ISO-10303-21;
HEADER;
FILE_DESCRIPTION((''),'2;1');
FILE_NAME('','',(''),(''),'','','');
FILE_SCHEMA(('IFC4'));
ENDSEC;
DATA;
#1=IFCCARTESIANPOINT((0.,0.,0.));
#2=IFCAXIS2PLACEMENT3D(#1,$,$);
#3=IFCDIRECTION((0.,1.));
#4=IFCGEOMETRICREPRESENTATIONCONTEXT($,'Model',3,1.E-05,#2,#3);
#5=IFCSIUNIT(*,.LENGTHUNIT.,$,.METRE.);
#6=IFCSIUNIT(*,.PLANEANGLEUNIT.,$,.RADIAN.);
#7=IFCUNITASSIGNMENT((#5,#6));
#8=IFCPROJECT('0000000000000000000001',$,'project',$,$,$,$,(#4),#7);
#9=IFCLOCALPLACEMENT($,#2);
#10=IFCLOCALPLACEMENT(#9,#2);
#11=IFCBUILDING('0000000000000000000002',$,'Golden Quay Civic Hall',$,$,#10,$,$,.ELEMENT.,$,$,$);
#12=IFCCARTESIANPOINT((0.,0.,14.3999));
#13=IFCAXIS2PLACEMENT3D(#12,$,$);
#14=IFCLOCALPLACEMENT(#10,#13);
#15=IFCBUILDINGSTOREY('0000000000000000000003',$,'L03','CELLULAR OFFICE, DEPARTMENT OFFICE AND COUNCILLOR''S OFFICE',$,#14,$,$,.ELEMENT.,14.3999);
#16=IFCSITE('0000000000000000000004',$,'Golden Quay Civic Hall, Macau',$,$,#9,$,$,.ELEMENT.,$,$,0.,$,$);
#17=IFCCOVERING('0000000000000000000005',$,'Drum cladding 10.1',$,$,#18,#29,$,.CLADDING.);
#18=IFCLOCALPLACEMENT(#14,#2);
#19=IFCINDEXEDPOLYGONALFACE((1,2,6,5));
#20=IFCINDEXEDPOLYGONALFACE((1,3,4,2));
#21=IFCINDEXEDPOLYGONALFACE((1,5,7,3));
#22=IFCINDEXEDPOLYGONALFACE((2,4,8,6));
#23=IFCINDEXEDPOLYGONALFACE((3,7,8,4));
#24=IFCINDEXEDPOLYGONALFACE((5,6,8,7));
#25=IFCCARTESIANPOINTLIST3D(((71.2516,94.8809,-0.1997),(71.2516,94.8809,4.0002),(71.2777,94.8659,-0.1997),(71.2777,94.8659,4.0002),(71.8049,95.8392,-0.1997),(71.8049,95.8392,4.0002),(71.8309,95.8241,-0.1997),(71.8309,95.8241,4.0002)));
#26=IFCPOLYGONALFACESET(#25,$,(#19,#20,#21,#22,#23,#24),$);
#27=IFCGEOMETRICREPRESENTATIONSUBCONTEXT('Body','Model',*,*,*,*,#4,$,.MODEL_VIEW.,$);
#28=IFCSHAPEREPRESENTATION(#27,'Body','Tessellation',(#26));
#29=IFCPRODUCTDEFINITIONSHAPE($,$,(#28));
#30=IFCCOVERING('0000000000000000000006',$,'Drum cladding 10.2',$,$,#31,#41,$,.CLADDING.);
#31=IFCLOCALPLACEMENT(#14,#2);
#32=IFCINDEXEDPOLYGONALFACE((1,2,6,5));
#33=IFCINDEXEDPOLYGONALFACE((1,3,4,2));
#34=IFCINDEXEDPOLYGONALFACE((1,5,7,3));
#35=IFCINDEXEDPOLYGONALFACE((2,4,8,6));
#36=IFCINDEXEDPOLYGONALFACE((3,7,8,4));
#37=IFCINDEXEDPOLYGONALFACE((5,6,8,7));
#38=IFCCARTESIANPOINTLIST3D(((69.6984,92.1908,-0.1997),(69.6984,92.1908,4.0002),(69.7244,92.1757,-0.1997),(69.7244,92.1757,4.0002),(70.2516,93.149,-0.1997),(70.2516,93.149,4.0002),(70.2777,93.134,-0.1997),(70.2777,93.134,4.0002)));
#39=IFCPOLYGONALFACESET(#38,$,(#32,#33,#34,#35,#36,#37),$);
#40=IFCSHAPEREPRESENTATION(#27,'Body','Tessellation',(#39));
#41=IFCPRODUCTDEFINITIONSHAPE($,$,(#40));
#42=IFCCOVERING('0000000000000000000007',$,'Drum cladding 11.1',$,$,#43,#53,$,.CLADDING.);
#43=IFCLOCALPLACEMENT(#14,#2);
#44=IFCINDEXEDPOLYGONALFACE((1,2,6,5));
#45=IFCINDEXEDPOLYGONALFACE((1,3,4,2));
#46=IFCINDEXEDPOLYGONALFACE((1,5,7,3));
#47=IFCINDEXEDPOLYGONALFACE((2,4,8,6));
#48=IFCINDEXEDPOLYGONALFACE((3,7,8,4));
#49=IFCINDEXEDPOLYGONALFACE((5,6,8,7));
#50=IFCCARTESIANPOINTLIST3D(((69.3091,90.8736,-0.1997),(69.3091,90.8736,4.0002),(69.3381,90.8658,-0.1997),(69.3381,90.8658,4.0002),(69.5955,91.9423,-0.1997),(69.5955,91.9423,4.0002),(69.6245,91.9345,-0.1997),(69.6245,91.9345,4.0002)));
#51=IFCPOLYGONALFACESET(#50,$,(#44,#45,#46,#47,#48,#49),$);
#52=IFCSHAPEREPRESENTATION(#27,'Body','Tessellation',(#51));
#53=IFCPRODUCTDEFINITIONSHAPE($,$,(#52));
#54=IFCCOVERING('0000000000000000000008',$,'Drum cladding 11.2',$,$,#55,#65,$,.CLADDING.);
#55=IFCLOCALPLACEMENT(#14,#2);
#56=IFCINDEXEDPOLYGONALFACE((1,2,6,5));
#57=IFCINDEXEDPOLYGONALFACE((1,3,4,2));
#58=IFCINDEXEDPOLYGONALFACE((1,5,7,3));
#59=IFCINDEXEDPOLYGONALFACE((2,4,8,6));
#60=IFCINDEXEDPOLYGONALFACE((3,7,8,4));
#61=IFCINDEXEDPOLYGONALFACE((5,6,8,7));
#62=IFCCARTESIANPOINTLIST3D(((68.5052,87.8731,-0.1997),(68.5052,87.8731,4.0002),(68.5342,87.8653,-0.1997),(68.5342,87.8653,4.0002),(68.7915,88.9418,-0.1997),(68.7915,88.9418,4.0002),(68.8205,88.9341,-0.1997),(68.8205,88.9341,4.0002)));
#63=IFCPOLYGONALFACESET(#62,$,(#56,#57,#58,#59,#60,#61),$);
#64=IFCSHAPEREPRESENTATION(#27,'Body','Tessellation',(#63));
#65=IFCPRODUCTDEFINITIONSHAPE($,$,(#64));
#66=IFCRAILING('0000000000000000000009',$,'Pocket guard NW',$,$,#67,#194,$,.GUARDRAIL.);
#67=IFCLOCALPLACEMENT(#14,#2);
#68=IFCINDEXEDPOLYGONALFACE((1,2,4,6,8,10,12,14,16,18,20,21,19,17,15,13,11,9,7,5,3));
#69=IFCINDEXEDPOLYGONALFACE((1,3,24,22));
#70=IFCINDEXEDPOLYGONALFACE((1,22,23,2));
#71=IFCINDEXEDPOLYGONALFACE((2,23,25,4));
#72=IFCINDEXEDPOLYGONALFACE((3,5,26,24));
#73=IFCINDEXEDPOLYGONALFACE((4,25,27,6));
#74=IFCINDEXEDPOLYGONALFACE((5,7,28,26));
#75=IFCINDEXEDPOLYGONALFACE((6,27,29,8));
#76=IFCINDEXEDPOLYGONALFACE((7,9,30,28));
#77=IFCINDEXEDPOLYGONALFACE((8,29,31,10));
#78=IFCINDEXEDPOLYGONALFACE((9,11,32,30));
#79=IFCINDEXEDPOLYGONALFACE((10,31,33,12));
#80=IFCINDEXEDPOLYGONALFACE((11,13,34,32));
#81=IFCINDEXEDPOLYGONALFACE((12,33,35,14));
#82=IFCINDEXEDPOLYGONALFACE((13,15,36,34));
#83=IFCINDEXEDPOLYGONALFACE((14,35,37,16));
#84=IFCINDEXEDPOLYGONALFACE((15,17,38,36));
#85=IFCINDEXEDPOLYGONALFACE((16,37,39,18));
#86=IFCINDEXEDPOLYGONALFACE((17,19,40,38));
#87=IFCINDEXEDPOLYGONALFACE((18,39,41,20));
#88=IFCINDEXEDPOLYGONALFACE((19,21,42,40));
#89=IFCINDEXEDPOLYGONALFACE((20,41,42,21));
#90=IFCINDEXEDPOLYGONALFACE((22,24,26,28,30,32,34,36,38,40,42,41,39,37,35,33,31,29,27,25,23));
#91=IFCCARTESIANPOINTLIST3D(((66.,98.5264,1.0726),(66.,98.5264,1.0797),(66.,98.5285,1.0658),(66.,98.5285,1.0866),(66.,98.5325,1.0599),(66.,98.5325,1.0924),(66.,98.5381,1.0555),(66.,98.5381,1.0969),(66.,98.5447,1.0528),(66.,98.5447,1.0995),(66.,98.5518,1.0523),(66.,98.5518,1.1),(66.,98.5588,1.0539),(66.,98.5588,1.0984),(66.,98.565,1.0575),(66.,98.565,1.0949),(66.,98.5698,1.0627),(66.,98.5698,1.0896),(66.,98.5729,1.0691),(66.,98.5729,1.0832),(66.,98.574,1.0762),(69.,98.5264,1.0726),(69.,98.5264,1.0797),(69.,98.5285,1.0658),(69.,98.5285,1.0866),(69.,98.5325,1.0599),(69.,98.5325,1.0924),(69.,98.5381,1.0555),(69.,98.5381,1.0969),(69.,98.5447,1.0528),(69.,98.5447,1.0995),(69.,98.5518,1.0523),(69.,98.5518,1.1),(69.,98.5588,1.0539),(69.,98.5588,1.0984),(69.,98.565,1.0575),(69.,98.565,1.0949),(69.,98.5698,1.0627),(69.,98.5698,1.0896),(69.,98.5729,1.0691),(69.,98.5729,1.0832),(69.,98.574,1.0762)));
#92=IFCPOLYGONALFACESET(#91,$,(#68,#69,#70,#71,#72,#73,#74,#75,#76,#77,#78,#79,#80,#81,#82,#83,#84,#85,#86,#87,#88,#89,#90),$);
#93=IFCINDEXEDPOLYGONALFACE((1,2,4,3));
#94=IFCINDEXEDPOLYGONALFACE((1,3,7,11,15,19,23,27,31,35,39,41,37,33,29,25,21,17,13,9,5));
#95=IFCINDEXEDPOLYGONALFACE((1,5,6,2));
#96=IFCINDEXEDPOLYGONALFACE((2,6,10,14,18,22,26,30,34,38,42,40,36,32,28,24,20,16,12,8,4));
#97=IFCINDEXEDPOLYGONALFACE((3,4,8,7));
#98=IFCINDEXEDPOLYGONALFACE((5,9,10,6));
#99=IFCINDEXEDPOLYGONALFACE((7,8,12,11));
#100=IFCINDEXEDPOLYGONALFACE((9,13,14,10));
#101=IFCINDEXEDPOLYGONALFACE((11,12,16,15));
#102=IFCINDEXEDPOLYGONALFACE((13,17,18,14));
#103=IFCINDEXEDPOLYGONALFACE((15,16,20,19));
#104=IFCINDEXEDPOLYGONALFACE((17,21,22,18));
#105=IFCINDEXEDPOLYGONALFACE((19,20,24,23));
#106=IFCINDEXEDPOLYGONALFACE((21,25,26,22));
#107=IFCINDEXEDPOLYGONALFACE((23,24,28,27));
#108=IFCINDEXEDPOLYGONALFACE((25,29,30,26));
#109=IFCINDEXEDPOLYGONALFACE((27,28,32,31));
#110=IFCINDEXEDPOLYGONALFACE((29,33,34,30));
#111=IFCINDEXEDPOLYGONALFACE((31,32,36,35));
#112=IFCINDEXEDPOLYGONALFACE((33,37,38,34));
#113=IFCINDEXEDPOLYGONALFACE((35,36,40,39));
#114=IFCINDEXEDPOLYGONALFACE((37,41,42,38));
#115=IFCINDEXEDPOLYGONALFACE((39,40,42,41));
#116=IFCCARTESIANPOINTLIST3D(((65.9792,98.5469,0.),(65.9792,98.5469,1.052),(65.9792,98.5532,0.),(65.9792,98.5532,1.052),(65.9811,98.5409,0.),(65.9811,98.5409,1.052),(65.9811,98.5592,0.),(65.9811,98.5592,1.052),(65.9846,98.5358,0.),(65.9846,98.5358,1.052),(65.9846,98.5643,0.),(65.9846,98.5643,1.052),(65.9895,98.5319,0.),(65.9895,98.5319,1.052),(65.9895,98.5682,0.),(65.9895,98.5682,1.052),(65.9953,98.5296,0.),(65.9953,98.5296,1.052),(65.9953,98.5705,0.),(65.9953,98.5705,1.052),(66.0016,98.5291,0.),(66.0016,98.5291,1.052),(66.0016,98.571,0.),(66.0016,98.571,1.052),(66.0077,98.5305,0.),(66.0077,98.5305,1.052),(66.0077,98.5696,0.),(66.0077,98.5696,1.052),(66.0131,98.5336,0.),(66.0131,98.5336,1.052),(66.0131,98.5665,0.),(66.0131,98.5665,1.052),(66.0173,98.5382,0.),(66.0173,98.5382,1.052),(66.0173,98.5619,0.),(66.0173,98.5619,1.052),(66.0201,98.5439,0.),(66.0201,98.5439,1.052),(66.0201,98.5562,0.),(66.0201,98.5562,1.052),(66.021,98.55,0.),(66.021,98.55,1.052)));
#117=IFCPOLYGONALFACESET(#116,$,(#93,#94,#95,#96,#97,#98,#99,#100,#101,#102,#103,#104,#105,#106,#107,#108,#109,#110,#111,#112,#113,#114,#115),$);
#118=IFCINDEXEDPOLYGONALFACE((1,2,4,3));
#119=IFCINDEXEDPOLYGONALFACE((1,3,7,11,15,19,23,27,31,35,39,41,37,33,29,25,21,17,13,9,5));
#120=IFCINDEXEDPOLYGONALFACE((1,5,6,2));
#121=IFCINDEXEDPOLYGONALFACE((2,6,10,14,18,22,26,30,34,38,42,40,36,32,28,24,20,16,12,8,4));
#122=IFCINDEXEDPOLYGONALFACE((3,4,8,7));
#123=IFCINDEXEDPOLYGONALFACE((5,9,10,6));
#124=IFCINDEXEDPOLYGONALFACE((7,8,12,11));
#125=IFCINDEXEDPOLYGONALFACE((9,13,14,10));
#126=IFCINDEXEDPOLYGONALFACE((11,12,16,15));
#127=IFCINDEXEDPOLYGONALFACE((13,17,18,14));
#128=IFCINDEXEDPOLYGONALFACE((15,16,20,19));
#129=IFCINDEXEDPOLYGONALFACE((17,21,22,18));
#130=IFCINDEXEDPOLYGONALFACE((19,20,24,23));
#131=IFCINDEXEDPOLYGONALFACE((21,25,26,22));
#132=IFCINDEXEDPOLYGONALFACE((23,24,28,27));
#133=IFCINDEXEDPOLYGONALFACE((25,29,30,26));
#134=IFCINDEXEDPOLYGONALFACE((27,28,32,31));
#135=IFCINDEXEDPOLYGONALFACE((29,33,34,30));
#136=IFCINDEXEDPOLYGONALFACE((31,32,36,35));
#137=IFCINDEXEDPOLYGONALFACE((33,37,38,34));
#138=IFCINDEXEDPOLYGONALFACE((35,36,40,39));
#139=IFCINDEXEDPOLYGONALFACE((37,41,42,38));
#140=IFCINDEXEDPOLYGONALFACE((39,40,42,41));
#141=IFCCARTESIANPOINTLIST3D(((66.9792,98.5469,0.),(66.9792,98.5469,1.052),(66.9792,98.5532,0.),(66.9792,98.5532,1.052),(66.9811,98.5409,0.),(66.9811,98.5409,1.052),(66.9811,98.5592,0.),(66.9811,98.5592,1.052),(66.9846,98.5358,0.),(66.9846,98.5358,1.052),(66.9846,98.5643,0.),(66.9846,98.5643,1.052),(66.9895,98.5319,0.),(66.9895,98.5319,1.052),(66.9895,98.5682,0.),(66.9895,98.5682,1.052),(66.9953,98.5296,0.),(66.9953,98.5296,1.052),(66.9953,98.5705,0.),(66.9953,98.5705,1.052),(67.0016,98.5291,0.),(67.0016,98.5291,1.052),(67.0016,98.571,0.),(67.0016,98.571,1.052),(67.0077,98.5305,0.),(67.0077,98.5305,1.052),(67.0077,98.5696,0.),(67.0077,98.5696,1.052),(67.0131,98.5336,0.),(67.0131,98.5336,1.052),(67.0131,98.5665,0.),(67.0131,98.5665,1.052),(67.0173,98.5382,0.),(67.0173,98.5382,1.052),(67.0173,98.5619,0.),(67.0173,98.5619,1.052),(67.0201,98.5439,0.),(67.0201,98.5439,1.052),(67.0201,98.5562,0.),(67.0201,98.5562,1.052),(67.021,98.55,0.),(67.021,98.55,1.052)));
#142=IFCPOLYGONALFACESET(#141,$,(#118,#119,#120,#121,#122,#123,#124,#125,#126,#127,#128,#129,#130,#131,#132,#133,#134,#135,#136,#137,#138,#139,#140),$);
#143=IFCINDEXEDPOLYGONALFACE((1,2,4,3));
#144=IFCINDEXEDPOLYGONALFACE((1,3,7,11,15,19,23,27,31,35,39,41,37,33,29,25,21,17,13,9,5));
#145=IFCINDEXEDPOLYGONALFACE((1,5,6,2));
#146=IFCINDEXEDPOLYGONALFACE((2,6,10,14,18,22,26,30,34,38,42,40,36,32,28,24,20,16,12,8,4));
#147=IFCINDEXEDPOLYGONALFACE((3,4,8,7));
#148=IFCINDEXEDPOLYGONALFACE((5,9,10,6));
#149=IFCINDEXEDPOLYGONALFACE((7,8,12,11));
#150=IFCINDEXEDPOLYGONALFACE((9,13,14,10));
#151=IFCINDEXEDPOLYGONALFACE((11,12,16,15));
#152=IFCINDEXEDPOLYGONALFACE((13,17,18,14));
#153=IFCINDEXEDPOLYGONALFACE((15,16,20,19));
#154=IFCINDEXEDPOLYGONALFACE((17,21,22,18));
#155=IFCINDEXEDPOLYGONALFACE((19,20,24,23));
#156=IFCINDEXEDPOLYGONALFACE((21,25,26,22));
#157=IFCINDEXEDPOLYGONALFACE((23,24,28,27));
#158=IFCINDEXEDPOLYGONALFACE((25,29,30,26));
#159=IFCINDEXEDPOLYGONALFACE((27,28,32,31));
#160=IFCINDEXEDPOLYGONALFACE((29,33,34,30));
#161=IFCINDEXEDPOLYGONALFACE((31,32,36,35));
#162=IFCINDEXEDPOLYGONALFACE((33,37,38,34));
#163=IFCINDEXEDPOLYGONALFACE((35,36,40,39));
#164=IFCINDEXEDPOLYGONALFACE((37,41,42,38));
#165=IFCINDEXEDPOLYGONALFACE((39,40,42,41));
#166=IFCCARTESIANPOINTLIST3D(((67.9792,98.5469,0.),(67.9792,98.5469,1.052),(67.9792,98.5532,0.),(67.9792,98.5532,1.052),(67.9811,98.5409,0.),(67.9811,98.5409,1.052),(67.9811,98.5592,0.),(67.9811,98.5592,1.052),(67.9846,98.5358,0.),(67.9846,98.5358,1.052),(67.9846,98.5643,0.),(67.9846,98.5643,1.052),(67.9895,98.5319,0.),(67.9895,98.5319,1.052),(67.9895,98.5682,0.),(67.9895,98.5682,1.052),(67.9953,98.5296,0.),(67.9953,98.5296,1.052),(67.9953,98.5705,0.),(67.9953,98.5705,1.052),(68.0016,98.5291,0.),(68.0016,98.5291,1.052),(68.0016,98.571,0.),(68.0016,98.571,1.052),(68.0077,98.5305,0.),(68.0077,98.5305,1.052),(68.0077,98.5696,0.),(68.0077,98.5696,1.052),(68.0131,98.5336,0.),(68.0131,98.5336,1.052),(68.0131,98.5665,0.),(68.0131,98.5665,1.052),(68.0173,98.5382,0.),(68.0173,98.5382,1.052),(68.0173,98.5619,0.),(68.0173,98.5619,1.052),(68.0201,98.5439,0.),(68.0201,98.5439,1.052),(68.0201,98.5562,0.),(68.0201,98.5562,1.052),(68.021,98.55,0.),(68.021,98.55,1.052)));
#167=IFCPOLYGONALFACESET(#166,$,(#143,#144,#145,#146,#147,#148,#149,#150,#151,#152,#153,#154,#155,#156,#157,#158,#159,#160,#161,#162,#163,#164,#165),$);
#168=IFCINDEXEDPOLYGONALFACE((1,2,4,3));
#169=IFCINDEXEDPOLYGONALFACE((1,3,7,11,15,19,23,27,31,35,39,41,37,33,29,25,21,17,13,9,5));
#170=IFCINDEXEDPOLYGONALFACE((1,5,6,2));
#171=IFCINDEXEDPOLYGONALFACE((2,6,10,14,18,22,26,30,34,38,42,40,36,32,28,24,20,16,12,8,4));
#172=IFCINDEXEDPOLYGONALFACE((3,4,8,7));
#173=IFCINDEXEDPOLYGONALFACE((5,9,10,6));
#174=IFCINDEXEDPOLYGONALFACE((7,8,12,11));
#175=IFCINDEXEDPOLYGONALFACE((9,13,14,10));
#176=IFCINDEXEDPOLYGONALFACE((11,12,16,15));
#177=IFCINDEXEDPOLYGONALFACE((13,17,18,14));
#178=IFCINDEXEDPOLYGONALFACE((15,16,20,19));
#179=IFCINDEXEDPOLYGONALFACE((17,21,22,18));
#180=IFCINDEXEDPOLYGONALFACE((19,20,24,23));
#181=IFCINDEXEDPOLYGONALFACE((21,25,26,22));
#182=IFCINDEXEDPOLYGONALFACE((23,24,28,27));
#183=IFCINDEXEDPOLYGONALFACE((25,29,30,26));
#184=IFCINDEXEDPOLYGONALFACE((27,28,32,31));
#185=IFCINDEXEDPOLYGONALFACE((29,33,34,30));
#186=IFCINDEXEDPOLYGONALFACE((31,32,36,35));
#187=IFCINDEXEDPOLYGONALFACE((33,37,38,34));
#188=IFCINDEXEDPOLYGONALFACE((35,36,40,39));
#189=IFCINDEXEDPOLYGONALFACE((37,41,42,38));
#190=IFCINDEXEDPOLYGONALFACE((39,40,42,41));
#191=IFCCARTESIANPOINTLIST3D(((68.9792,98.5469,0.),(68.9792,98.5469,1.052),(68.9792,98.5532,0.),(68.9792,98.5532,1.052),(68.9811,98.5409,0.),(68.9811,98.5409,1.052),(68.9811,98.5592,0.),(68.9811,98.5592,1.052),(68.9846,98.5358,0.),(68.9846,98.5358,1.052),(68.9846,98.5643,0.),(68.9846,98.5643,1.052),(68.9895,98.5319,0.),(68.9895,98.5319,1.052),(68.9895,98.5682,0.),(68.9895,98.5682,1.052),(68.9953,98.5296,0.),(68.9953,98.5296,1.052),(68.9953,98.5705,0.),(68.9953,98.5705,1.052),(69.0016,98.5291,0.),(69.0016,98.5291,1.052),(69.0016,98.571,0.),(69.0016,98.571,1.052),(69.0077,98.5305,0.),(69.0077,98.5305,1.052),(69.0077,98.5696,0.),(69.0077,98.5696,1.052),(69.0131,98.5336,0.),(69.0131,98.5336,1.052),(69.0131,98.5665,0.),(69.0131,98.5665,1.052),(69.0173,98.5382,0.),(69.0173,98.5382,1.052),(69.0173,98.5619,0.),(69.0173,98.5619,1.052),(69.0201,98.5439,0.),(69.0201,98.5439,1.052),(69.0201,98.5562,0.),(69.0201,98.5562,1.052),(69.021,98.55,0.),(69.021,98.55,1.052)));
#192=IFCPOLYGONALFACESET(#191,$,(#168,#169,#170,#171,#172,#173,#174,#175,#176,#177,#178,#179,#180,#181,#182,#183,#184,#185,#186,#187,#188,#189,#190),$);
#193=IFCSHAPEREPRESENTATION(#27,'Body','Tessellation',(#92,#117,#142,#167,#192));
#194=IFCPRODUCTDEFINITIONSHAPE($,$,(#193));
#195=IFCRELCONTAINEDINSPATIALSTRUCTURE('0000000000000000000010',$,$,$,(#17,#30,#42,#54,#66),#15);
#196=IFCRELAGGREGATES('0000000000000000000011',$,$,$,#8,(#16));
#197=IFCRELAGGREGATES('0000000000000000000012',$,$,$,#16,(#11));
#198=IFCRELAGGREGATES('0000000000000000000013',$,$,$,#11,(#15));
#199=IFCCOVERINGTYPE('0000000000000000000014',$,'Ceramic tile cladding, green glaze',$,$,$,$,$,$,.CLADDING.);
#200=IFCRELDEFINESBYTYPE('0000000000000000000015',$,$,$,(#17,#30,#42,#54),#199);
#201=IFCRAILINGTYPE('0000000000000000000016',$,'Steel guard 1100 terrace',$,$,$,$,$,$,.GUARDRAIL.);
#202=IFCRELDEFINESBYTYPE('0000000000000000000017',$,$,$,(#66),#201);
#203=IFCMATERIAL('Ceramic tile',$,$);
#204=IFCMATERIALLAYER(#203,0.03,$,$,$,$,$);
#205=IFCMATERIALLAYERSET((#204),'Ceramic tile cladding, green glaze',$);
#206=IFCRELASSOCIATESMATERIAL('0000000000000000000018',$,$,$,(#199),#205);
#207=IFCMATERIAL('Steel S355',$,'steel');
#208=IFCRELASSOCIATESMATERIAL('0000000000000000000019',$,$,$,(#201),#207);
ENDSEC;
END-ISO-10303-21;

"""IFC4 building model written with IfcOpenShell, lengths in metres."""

from ifc_helpers import new_model, si_unit, direction, frame, origin, origin_2d, place, context, subcontext, project, spatial, rectangle, circle, extrude, material, layer, layer_set, type_object, element, save


model = new_model("IFC4")

# Units and contexts
model_context = context("Model", 3, precision=1e-05, world=origin(), true_north=direction((0.0, 1.0)))
body_context = subcontext(model_context, "Body", "Model", "MODEL_VIEW")
ifc_project = project(units=[si_unit("LENGTHUNIT", "METRE"), si_unit("PLANEANGLEUNIT", "RADIAN")], contexts=[model_context])

# Site, building, storey
site_placement = place(None, origin())
site = spatial("IfcSite", under=ifc_project, at=site_placement, Name="Golden Quay Civic Hall, Macau", CompositionType="ELEMENT", RefElevation=0.0)
building_placement = place(site_placement, origin())
building = spatial("IfcBuilding", under=site, at=building_placement, Name="Golden Quay Civic Hall", CompositionType="ELEMENT")
storey_placement = place(building_placement, frame((0.0, 0.0, 14.3999)))
storey = spatial("IfcBuildingStorey", under=building, at=storey_placement, Name="L03", Description="CELLULAR OFFICE, DEPARTMENT OFFICE AND COUNCILLOR'S OFFICE", CompositionType="ELEMENT", Elevation=14.3999)

# Coverings
ifc_material_1 = material(Name="Ceramic tile")
ifc_layer_1 = layer(ifc_material_1, 0.03)
ifc_layer_set_1 = layer_set([ifc_layer_1], Name="Ceramic tile cladding, green glaze")
covering_type = type_object("IfcCoveringType", Name="Ceramic tile cladding, green glaze", PredefinedType="CLADDING", material=ifc_layer_set_1)
for number, where, z_axis, x_axis, name in (
    (1, (71.5413, 95.3525, -0.1997), (0.0, 0.0, 1.0), (-0.5, -0.866025, 0.0), "Drum cladding 10.1"),
    (2, (69.988, 92.6624, -0.1997), (0.0, 0.0, 1.0), (-0.5, -0.866025, 0.0), "Drum cladding 10.2"),
    (3, (69.4668, 91.4041, -0.1997), (0.0, 0.0, 1.0), (-0.258819, -0.965926, 0.0), "Drum cladding 11.1"),
    (4, (68.6628, 88.4036, -0.1997), (0.0, 0.0, 1.0), (-0.258819, -0.965926, 0.0), "Drum cladding 11.2"),
):
    element("IfcCovering", number, at=place(storey_placement, frame(where, z_axis=z_axis, x_axis=x_axis)), inside=storey, type_object=covering_type, Name=name, PredefinedType="CLADDING", context=body_context, shape_type="SweptSolid", body=[
        extrude(rectangle(XDim=1.1064, YDim=0.03, at=origin_2d()), origin(), (0.0, 0.0, 1.0), 4.2),
    ])

# Railing
ifc_material_2 = material(Name="Steel S355", Category="steel")
railing_type = type_object("IfcRailingType", Name="Steel guard 1100 terrace", PredefinedType="GUARDRAIL", material=ifc_material_2)
railing_placement = place(storey_placement, frame((66.0, 98.55, 0.0)))
element("IfcRailing", 5, at=railing_placement, inside=storey, type_object=railing_type, Name="Pocket guard NW", PredefinedType="GUARDRAIL", context=body_context, shape_type="SweptSolid", body=[
    extrude(circle(Radius=0.0239, at=origin_2d()), frame((0.0, 0.0, 1.0762), z_axis=(1.0, 0.0, 0.0), x_axis=(0.0, 1.0, 0.0)), (0.0, 0.0, 1.0), 3.0),
    extrude(circle(Radius=0.021, at=origin_2d()), origin(), (0.0, 0.0, 1.0), 1.052),
    extrude(circle(Radius=0.021, at=origin_2d()), frame((1.0, 0.0, 0.0)), (0.0, 0.0, 1.0), 1.052),
    extrude(circle(Radius=0.021, at=origin_2d()), frame((2.0, 0.0, 0.0)), (0.0, 0.0, 1.0), 1.052),
    extrude(circle(Radius=0.021, at=origin_2d()), frame((3.0, 0.0, 0.0)), (0.0, 0.0, 1.0), 1.052),
])

save(model, "model.ifc")
